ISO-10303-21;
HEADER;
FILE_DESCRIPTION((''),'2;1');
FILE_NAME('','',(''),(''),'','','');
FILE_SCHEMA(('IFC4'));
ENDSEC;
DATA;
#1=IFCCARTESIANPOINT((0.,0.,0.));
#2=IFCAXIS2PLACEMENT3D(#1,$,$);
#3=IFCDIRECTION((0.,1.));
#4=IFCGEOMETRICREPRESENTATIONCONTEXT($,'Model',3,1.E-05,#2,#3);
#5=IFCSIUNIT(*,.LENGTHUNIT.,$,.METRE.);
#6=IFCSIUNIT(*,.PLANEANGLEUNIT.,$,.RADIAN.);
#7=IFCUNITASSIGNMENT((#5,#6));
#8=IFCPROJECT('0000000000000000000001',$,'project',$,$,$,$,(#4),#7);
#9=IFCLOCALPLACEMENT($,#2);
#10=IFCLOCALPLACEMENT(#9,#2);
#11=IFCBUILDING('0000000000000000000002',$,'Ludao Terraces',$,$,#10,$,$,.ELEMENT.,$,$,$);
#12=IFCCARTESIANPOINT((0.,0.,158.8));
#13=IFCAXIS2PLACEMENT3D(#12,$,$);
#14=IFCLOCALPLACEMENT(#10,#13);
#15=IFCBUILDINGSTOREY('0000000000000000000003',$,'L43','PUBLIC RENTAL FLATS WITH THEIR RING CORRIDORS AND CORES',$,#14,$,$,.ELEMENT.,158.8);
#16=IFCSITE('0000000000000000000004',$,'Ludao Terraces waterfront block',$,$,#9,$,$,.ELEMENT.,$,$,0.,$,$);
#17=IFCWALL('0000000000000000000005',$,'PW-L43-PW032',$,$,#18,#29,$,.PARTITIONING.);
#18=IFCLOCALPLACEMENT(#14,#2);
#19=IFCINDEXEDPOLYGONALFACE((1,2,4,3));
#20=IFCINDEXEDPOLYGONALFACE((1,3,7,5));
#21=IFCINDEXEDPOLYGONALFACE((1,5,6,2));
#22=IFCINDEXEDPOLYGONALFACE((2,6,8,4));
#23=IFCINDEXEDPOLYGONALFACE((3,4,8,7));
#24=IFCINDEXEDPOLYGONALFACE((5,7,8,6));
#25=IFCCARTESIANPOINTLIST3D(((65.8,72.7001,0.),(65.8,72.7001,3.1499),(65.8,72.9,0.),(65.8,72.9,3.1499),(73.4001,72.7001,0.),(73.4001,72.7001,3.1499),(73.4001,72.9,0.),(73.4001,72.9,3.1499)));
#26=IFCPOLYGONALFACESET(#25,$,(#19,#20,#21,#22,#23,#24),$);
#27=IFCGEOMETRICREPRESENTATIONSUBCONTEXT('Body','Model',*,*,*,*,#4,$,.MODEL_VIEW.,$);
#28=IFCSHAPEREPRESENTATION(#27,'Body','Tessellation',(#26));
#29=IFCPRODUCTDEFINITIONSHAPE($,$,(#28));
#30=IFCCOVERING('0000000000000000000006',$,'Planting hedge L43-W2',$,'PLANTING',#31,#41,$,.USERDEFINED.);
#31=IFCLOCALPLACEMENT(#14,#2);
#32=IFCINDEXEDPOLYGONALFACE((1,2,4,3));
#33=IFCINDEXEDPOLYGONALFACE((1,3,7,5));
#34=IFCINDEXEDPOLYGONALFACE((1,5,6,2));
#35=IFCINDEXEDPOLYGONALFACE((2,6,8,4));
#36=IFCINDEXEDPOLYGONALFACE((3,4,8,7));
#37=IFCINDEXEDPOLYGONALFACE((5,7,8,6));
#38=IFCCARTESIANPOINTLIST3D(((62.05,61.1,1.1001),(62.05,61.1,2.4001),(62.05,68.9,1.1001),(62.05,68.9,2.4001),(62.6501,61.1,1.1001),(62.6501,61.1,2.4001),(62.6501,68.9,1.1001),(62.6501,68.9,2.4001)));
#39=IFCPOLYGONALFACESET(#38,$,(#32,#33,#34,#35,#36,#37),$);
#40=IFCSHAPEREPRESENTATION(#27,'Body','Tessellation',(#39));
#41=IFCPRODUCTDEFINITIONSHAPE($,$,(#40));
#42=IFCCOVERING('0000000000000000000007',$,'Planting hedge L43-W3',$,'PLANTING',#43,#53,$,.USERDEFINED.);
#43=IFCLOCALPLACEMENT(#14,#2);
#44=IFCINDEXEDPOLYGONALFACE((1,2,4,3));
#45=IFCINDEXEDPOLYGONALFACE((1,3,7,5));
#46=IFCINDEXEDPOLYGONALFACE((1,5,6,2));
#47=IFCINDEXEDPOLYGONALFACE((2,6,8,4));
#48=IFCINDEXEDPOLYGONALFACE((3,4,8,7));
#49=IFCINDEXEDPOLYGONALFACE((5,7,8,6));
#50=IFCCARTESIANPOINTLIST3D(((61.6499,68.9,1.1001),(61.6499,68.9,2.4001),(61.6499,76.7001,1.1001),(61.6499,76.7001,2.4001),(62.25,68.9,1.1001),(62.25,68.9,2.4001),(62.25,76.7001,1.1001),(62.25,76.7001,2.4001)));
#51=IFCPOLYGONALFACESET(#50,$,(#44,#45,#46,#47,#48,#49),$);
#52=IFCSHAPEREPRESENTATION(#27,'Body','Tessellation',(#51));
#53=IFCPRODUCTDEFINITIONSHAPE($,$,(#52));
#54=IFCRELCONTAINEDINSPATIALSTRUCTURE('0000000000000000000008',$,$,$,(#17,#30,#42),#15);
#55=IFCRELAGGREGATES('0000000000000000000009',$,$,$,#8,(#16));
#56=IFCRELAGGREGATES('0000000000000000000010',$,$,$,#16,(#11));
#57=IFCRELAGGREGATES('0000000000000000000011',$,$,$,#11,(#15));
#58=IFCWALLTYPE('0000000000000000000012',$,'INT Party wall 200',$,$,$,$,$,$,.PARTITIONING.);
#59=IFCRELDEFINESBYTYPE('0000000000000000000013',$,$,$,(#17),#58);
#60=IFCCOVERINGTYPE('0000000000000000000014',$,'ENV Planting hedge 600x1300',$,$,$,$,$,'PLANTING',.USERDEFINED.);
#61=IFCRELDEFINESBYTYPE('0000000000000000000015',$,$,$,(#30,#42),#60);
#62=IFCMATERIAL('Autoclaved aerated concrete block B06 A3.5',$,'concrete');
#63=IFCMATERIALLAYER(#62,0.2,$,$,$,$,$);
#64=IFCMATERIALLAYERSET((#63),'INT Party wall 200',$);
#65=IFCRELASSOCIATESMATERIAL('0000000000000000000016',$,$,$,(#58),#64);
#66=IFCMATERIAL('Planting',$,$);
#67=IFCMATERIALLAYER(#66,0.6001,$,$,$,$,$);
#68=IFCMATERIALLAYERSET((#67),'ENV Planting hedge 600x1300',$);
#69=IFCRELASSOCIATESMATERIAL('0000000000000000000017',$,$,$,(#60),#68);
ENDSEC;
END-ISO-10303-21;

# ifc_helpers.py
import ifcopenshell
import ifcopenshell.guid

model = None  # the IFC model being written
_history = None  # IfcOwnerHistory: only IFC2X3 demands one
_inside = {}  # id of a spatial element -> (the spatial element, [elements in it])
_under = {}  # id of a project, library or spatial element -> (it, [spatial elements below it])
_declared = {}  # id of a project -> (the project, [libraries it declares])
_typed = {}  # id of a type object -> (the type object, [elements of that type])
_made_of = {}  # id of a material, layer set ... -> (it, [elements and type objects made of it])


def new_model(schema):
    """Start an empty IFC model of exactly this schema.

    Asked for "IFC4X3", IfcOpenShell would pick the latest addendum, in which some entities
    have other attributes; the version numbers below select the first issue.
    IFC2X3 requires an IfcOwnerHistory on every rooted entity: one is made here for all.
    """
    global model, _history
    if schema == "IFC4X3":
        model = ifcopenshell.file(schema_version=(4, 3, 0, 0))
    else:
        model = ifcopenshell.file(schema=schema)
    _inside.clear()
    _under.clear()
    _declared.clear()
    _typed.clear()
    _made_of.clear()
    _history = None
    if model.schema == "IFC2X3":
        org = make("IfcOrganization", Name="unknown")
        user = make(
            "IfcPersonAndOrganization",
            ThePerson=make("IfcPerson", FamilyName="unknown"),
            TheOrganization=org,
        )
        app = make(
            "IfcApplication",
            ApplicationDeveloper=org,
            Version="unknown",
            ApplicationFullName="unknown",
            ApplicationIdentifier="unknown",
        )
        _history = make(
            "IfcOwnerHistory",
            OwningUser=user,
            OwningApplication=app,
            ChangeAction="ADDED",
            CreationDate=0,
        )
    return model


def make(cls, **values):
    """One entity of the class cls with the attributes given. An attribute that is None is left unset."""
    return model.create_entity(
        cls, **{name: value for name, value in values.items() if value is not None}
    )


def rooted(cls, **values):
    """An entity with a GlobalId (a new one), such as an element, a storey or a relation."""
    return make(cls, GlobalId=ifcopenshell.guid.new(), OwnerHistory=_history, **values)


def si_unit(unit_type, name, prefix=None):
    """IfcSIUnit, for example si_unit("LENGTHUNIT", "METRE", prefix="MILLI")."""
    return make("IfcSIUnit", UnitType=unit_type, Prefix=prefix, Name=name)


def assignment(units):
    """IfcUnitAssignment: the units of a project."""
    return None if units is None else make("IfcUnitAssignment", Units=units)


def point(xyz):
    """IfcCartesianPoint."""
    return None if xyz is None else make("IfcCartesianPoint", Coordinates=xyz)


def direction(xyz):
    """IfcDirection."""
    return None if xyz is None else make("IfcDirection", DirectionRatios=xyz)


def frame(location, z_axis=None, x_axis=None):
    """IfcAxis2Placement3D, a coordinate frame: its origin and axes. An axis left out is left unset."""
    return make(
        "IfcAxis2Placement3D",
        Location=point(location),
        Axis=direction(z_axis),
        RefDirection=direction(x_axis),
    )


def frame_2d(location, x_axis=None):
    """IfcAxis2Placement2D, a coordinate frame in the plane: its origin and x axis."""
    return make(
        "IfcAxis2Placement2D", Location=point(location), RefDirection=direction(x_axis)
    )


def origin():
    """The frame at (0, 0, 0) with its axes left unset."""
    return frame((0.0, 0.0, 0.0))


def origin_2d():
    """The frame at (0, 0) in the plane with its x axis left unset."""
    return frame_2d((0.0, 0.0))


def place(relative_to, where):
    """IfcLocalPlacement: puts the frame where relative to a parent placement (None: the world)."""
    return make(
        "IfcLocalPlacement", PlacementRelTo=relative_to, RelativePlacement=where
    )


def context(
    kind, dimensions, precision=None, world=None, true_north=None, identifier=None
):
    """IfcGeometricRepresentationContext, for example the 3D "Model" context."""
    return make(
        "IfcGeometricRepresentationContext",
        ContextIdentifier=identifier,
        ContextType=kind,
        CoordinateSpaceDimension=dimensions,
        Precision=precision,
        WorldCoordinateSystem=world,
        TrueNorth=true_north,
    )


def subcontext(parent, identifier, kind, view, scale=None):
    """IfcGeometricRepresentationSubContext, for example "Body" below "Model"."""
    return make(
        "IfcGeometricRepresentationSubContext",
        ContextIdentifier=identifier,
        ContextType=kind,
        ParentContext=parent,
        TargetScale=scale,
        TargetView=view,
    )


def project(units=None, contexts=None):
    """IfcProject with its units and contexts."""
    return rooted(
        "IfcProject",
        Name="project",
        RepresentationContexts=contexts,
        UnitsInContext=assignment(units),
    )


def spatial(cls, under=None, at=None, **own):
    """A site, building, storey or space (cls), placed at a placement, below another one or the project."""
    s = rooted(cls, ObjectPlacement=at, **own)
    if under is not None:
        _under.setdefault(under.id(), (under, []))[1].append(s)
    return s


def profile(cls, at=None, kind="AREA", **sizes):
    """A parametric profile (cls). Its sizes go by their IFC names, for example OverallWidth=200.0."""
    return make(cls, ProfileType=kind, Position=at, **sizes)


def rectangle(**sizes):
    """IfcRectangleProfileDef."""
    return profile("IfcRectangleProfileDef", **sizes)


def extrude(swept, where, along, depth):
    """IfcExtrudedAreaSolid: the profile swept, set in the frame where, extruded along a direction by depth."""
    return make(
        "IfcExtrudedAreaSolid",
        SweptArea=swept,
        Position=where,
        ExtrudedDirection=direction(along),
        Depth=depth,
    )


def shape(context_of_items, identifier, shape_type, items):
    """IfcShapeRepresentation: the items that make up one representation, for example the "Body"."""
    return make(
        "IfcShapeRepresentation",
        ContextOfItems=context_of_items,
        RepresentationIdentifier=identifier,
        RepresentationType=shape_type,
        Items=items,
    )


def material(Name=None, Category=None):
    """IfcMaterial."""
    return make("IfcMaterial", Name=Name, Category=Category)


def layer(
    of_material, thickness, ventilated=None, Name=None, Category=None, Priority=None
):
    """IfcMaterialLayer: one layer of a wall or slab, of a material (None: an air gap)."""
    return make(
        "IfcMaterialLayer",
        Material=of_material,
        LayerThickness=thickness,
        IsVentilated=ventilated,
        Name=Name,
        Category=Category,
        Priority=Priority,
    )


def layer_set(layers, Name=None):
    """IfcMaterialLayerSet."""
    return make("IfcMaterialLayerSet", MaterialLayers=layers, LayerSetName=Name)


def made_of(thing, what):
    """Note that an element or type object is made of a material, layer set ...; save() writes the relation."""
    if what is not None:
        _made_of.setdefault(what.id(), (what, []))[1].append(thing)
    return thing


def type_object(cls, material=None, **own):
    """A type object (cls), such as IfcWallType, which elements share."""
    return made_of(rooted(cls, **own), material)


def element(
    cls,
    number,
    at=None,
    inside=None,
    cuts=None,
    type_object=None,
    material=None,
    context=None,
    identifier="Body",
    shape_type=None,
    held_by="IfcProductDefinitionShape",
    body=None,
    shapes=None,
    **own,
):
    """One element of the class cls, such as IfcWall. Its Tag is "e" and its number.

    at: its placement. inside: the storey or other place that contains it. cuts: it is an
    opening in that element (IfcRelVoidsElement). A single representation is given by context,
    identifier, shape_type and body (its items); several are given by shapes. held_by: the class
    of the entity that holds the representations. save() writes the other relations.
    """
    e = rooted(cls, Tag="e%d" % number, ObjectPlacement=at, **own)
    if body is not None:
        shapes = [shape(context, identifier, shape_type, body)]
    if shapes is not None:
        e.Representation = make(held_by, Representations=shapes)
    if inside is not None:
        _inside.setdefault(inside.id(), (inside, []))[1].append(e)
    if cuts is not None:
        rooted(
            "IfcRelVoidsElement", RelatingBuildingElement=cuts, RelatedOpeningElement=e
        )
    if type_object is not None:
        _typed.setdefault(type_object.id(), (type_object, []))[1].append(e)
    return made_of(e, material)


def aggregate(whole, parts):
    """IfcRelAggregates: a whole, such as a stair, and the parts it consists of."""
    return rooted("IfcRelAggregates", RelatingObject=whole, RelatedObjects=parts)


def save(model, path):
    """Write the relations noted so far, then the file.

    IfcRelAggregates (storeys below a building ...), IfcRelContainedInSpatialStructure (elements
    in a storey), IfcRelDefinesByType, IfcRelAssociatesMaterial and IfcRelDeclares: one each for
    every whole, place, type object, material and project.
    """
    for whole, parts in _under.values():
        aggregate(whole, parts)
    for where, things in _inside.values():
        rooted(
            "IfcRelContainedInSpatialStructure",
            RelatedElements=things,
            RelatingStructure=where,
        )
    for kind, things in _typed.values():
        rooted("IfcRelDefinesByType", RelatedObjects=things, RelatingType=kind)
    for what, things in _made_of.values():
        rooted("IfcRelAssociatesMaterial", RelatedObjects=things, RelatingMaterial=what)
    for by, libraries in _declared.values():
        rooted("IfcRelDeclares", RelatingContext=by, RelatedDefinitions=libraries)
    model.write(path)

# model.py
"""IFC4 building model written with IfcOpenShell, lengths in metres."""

from ifc_helpers import new_model, si_unit, direction, frame, frame_2d, origin, origin_2d, place, context, subcontext, project, spatial, rectangle, extrude, material, layer, layer_set, type_object, element, save


model = new_model("IFC4")

# Units and contexts
model_context = context("Model", 3, precision=1e-05, world=origin(), true_north=direction((0.0, 1.0)))
body_context = subcontext(model_context, "Body", "Model", "MODEL_VIEW")
ifc_project = project(units=[si_unit("LENGTHUNIT", "METRE"), si_unit("PLANEANGLEUNIT", "RADIAN")], contexts=[model_context])

# Site, building, storey
site_placement = place(None, origin())
site = spatial("IfcSite", under=ifc_project, at=site_placement, Name="Ludao Terraces waterfront block", CompositionType="ELEMENT", RefElevation=0.0)
building_placement = place(site_placement, origin())
building = spatial("IfcBuilding", under=site, at=building_placement, Name="Ludao Terraces", CompositionType="ELEMENT")
storey_placement = place(building_placement, frame((0.0, 0.0, 158.8)))
storey = spatial("IfcBuildingStorey", under=building, at=storey_placement, Name="L43", Description="PUBLIC RENTAL FLATS WITH THEIR RING CORRIDORS AND CORES", CompositionType="ELEMENT", Elevation=158.8)

# Wall
ifc_material_1 = material(Name="Autoclaved aerated concrete block B06 A3.5", Category="concrete")
ifc_layer_1 = layer(ifc_material_1, 0.2)
ifc_layer_set_1 = layer_set([ifc_layer_1], Name="INT Party wall 200")
wall_type_1 = type_object("IfcWallType", Name="INT Party wall 200", PredefinedType="PARTITIONING", material=ifc_layer_set_1)
wall_1_placement = place(storey_placement, frame((65.8, 72.8, 0.0), z_axis=(0.0, 0.0, 1.0), x_axis=(1.0, 0.0, 0.0)))
element("IfcWall", 1, at=wall_1_placement, inside=storey, type_object=wall_type_1, Name="PW-L43-PW032", PredefinedType="PARTITIONING", context=body_context, shape_type="SweptSolid", body=[
    extrude(rectangle(XDim=7.6001, YDim=0.2, at=frame_2d((3.8, 0.0))), origin(), (0.0, 0.0, 1.0), 3.1499),
])

# Coverings
ifc_material_2 = material(Name="Planting")
ifc_layer_2 = layer(ifc_material_2, 0.6001)
ifc_layer_set_2 = layer_set([ifc_layer_2], Name="ENV Planting hedge 600x1300")
covering_type = type_object("IfcCoveringType", Name="ENV Planting hedge 600x1300", ElementType="PLANTING", PredefinedType="USERDEFINED", material=ifc_layer_set_2)
for number, where, z_axis, x_axis, name in (
    (2, (62.3501, 65.0, 1.1001), (0.0, 0.0, 1.0), (1.0, 0.0, 0.0), "Planting hedge L43-W2"),
    (3, (61.95, 72.8, 1.1001), (0.0, 0.0, 1.0), (1.0, 0.0, 0.0), "Planting hedge L43-W3"),
):
    element("IfcCovering", number, at=place(storey_placement, frame(where, z_axis=z_axis, x_axis=x_axis)), inside=storey, type_object=covering_type, Name=name, ObjectType="PLANTING", PredefinedType="USERDEFINED", context=body_context, shape_type="SweptSolid", body=[
        extrude(rectangle(XDim=0.6001, YDim=7.8, at=origin_2d()), origin(), (0.0, 0.0, 1.0), 1.3),
    ])

save(model, "model.ifc")
